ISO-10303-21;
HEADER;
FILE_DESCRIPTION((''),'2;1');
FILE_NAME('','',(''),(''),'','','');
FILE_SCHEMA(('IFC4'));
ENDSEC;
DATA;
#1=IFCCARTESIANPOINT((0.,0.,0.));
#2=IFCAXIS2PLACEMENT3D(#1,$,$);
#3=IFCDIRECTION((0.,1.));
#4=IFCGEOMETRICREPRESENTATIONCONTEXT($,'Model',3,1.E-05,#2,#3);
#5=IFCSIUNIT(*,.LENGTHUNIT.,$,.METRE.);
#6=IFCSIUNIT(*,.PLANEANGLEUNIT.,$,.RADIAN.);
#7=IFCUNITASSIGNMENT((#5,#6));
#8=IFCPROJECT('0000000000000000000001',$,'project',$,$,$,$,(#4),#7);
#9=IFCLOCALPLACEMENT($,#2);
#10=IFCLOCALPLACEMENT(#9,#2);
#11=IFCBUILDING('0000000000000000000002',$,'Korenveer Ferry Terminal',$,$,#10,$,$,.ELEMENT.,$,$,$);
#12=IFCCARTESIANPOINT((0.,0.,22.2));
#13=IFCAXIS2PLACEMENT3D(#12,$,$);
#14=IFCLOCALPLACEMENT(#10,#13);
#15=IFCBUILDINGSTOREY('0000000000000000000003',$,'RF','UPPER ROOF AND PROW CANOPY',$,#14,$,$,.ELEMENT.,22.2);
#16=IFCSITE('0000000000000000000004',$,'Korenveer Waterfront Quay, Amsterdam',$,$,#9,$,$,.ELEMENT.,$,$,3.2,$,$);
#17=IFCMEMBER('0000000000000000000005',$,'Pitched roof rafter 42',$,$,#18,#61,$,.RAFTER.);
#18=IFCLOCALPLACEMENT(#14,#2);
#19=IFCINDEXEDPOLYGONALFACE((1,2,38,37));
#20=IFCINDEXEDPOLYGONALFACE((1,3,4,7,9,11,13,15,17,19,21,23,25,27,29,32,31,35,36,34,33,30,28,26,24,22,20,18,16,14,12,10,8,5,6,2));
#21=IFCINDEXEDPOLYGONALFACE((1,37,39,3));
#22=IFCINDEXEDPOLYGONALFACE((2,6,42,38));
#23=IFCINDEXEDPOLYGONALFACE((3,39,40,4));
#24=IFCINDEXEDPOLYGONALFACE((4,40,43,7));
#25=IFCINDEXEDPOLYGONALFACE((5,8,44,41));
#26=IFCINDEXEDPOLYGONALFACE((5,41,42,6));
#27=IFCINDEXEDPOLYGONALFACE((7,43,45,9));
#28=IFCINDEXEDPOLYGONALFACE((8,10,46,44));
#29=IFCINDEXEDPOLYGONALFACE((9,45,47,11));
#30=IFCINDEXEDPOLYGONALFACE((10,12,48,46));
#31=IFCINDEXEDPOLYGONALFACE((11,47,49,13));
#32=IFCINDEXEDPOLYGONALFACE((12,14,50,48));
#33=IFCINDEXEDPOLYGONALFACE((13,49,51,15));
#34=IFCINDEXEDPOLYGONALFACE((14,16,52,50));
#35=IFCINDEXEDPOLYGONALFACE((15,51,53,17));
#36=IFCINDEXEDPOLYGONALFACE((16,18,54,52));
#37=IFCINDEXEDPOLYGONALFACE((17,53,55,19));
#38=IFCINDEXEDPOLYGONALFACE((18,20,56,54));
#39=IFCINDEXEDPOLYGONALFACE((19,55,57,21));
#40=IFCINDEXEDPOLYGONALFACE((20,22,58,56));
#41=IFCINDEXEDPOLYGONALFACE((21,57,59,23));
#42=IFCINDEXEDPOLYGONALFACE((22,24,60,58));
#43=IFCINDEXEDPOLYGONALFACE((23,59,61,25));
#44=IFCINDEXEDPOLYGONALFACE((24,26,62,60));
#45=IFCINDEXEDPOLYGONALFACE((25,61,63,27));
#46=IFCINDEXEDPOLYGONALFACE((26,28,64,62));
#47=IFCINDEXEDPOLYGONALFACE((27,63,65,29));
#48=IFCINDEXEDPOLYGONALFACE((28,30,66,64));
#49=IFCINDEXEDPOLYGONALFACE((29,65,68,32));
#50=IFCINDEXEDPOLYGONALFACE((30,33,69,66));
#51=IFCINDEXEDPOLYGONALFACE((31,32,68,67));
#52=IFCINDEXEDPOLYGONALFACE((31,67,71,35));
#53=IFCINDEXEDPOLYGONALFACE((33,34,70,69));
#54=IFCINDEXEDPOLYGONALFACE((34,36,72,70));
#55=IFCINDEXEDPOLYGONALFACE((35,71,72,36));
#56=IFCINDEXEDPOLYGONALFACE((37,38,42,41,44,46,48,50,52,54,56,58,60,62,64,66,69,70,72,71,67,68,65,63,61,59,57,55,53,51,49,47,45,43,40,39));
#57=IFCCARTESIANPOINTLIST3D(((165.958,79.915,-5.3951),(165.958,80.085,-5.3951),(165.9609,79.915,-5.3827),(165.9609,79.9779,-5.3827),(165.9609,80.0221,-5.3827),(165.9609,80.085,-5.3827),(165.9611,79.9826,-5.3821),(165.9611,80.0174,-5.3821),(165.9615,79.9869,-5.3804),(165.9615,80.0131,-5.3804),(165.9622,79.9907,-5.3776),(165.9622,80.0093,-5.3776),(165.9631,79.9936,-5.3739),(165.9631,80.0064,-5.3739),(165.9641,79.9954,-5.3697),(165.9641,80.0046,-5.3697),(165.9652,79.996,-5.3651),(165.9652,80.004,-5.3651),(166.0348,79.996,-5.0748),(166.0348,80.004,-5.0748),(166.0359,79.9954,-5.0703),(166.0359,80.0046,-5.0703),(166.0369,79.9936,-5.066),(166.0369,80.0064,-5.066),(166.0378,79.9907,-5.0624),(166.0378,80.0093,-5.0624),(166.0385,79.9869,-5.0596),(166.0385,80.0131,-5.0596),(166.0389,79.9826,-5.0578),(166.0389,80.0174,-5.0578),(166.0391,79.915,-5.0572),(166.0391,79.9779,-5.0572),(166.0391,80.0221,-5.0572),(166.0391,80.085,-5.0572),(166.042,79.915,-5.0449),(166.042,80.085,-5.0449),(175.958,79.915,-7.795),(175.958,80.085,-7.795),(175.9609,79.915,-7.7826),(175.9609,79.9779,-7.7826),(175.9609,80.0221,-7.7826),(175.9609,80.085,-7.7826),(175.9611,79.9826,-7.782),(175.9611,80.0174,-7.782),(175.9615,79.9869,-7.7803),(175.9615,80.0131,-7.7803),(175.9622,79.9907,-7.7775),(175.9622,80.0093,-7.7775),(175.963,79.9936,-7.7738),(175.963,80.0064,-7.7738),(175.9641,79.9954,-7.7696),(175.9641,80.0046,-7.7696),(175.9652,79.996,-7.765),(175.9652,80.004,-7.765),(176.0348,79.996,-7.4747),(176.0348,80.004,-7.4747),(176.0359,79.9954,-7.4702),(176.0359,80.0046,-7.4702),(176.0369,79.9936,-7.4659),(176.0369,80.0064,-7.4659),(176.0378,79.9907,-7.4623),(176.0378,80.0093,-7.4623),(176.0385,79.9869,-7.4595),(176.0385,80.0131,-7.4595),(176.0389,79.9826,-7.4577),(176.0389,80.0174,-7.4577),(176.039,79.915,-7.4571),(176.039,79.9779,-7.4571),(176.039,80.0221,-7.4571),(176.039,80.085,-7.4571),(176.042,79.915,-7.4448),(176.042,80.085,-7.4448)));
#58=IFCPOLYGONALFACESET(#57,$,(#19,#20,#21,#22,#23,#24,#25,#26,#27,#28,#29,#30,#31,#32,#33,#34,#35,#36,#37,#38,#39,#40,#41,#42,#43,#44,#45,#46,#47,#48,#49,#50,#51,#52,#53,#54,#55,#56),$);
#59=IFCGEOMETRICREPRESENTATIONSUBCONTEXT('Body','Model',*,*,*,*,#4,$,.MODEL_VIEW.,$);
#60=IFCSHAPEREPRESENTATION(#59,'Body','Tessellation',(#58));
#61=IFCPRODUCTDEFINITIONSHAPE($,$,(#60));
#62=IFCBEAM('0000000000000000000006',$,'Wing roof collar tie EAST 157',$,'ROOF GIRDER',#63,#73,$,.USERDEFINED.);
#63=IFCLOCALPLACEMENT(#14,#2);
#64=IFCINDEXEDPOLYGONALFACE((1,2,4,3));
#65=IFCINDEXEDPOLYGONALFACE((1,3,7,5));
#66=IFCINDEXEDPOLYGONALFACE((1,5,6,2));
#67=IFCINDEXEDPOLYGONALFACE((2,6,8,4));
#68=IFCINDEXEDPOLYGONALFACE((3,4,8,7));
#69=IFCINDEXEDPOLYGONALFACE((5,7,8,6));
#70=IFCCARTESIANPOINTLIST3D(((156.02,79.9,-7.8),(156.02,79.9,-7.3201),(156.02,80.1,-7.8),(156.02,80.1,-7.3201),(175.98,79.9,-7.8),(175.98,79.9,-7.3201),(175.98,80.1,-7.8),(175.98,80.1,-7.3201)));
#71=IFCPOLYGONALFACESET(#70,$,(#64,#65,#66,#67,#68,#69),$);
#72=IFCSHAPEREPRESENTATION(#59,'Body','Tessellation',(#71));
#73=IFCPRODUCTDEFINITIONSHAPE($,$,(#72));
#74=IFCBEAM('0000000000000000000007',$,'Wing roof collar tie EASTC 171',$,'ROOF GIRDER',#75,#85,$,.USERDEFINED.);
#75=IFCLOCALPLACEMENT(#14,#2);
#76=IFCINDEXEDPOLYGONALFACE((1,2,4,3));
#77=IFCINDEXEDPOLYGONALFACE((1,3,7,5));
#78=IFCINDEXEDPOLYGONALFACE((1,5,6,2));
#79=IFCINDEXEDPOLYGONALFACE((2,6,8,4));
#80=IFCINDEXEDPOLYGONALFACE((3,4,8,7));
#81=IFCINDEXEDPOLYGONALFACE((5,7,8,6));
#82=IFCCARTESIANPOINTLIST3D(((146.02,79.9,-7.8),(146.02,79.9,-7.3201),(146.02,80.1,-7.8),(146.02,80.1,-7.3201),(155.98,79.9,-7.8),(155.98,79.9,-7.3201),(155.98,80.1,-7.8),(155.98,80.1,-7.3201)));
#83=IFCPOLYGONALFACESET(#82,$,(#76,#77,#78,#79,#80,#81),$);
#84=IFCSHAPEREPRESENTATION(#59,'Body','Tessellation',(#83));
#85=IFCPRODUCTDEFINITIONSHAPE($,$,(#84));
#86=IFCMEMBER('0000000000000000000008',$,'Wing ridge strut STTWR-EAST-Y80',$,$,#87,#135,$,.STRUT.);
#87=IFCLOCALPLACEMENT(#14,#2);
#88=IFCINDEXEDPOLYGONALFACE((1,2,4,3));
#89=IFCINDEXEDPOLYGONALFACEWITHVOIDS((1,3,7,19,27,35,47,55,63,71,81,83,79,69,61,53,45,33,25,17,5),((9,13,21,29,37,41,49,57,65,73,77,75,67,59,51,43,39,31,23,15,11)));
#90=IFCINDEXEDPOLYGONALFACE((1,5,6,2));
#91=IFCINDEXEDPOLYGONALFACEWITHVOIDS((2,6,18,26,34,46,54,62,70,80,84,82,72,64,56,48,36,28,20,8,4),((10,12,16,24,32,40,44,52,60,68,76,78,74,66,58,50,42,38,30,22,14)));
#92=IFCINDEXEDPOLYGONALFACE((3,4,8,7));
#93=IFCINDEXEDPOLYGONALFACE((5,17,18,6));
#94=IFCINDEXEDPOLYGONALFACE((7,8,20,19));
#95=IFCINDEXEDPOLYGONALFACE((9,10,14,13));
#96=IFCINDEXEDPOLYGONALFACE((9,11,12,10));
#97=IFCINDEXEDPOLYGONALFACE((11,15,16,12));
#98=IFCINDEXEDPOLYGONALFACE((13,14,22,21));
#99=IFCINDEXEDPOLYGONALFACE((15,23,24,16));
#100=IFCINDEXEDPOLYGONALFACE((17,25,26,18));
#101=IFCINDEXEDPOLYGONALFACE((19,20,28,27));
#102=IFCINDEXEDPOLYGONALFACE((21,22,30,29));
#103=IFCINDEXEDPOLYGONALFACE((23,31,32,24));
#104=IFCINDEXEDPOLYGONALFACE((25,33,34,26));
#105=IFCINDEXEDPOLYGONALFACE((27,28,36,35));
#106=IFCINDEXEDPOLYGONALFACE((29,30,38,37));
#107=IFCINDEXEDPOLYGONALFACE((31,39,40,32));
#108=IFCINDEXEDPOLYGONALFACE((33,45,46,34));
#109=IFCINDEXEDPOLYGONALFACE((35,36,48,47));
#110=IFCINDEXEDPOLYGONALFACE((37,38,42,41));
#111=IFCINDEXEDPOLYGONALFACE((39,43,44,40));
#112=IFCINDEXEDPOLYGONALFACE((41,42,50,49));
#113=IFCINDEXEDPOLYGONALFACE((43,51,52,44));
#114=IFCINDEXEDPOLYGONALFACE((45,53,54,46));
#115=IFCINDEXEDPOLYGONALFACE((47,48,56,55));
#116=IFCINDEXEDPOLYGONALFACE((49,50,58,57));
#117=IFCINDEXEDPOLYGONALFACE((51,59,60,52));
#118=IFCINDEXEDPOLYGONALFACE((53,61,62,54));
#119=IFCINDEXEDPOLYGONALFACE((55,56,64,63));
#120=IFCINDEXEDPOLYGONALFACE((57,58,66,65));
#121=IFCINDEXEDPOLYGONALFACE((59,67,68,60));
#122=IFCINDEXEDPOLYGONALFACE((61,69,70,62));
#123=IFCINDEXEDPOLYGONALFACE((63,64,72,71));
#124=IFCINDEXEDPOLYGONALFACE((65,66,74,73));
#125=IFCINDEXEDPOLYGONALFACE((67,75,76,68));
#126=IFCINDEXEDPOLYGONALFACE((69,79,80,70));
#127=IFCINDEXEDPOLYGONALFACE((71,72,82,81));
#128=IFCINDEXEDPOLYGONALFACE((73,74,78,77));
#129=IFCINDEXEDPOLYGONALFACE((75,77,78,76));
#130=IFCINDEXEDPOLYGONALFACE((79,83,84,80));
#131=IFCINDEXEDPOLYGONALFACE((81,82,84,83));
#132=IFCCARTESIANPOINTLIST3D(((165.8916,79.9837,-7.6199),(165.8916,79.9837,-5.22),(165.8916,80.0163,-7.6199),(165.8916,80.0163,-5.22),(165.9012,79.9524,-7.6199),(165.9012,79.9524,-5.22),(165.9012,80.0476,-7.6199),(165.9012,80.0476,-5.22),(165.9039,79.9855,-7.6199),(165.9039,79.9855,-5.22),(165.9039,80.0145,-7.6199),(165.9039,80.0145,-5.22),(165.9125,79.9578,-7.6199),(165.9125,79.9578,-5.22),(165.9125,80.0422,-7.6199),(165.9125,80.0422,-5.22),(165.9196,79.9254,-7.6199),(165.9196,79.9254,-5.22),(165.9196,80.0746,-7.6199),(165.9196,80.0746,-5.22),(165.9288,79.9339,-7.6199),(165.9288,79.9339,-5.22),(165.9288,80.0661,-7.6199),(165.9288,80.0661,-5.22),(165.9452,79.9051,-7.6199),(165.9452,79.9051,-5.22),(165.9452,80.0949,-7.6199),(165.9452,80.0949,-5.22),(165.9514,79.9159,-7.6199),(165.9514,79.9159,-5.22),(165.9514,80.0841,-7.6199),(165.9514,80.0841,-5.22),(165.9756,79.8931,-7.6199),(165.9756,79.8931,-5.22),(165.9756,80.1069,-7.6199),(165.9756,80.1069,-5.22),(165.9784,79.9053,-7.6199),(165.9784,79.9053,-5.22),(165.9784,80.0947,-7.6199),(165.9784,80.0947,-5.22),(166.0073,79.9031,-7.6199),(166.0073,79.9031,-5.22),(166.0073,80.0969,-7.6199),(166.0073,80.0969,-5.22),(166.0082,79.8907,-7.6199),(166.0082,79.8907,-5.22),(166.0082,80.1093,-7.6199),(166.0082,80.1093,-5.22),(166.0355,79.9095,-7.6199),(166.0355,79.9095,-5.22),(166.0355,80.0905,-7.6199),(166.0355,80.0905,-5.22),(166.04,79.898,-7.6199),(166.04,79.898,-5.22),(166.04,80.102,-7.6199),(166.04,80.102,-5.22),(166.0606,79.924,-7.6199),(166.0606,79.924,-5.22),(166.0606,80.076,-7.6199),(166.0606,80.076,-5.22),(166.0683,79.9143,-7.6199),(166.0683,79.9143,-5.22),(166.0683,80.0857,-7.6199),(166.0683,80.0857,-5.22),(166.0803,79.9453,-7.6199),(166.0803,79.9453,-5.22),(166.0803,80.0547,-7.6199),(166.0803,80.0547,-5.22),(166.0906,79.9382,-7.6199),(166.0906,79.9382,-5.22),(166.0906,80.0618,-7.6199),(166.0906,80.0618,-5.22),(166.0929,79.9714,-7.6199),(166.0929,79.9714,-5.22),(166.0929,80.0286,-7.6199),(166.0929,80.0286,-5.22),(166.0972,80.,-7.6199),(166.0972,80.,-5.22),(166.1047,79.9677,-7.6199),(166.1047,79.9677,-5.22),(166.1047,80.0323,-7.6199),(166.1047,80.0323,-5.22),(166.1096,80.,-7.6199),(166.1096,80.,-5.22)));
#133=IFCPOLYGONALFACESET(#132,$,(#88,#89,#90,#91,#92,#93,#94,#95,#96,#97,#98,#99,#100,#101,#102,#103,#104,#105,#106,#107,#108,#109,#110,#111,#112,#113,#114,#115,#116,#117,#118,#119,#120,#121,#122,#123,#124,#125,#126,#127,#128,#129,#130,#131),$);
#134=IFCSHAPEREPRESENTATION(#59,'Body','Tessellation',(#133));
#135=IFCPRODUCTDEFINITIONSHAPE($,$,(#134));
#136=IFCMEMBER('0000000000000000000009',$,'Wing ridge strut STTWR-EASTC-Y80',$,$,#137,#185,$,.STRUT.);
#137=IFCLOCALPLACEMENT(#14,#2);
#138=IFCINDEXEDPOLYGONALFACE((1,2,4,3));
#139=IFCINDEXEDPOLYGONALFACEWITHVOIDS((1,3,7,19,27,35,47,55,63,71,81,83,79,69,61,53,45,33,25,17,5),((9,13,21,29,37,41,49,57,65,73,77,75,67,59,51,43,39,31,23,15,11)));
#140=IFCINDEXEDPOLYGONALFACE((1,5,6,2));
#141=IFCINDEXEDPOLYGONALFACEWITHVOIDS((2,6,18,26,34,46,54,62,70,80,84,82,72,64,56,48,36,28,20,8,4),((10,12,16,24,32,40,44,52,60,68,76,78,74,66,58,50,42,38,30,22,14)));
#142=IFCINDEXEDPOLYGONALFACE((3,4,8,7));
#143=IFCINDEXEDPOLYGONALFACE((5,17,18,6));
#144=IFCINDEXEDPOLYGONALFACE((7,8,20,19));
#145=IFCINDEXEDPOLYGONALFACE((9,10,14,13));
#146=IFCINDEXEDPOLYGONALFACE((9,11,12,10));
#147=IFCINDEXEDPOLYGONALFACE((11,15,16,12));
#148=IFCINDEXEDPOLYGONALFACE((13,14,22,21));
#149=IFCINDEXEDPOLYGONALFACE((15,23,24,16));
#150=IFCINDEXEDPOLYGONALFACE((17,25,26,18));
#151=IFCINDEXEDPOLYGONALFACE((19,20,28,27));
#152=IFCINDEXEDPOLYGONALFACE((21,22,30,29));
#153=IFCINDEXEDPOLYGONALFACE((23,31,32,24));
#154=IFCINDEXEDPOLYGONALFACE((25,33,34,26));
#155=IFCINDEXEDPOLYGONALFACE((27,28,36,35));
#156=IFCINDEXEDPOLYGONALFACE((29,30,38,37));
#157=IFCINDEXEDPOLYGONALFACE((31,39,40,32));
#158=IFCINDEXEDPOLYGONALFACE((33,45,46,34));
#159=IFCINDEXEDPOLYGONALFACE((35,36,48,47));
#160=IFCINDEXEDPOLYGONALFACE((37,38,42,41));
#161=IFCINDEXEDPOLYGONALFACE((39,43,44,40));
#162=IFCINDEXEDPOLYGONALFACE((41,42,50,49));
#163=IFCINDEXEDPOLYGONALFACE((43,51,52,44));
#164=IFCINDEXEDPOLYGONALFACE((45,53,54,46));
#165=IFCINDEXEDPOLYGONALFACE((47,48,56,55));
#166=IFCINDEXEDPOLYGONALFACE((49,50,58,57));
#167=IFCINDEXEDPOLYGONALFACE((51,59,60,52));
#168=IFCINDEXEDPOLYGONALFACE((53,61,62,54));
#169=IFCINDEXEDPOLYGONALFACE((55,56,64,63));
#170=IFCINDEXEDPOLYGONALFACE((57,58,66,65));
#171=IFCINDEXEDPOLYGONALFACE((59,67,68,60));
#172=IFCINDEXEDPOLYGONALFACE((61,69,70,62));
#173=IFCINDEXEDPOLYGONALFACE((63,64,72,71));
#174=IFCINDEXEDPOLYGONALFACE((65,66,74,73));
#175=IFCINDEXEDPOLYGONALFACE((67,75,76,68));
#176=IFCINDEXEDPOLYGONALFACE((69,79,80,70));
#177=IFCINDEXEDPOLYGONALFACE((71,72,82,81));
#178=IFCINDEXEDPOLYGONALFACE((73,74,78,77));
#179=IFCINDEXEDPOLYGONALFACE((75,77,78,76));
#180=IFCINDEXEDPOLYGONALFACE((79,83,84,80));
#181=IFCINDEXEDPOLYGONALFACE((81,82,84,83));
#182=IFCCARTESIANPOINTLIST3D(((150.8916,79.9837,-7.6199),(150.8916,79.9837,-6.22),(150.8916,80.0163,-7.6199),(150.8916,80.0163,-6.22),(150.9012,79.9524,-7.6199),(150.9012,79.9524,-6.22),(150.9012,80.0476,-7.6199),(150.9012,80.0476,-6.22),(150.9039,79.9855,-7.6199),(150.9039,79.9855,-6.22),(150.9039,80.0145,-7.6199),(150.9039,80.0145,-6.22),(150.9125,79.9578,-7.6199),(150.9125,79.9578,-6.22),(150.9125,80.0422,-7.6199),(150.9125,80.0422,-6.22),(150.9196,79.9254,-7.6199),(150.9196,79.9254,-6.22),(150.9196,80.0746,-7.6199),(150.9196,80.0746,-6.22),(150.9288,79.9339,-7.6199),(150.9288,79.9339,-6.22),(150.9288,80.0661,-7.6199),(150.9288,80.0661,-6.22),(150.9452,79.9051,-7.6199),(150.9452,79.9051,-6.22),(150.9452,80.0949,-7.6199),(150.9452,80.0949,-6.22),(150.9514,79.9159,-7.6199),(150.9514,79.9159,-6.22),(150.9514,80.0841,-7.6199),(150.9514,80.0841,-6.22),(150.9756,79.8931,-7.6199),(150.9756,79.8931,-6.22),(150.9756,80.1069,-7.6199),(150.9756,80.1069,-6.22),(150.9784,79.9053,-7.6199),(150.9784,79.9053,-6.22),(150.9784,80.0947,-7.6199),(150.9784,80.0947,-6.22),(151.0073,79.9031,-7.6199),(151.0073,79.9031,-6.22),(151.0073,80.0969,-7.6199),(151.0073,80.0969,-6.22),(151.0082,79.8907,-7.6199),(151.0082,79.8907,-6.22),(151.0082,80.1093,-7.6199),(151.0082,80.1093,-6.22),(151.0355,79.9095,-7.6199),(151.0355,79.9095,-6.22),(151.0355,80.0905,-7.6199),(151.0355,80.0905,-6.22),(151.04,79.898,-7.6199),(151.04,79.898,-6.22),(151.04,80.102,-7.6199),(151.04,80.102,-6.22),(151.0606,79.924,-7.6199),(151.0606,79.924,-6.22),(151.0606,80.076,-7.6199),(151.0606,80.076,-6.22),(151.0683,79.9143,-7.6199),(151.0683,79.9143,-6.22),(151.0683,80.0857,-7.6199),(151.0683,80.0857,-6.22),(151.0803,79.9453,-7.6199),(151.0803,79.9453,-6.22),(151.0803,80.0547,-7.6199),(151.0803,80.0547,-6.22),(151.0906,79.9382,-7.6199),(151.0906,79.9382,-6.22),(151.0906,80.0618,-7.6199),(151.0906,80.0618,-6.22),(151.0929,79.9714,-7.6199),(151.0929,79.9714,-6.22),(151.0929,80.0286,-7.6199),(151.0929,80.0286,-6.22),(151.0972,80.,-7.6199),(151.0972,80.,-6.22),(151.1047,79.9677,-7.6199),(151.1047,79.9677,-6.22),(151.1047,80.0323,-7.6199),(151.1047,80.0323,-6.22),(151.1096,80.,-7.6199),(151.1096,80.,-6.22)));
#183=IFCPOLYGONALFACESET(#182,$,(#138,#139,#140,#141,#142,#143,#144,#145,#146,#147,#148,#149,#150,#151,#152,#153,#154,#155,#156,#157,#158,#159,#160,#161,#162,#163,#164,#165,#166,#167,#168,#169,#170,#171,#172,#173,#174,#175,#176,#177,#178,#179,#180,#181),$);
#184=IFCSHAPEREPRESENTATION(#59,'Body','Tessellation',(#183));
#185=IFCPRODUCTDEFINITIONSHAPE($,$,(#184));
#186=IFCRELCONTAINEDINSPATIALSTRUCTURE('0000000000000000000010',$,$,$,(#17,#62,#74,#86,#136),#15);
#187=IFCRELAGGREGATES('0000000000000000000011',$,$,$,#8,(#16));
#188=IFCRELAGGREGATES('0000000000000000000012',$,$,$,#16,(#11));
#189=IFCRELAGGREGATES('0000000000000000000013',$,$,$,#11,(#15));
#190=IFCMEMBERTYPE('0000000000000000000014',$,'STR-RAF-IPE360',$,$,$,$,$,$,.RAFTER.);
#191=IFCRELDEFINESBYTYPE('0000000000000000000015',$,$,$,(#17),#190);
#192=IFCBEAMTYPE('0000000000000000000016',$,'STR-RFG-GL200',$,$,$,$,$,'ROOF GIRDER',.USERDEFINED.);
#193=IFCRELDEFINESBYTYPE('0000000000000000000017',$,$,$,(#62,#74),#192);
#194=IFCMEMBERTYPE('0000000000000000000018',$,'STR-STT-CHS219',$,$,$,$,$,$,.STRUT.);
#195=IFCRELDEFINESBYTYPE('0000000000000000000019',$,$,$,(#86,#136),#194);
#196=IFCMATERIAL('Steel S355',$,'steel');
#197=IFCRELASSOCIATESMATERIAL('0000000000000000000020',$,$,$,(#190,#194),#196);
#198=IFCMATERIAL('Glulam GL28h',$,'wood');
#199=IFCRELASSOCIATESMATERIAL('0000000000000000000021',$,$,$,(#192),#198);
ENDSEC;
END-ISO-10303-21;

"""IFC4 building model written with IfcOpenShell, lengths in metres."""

from ifc_helpers import new_model, si_unit, direction, frame, origin, origin_2d, place, context, subcontext, project, spatial, rectangle, hollow_circle, i_section, extrude, material, material_profile, profile_set, type_object, element, save


model = new_model("IFC4")

# Units and contexts
model_context = context("Model", 3, precision=1e-05, world=origin(), true_north=direction((0.0, 1.0)))
body_context = subcontext(model_context, "Body", "Model", "MODEL_VIEW")
ifc_project = project(units=[si_unit("LENGTHUNIT", "METRE"), si_unit("PLANEANGLEUNIT", "RADIAN")], contexts=[model_context])

# Site, building, storey
site_placement = place(None, origin())
site = spatial("IfcSite", under=ifc_project, at=site_placement, Name="Korenveer Waterfront Quay, Amsterdam", CompositionType="ELEMENT", RefElevation=3.2)
building_placement = place(site_placement, origin())
building = spatial("IfcBuilding", under=site, at=building_placement, Name="Korenveer Ferry Terminal", CompositionType="ELEMENT")
storey_placement = place(building_placement, frame((0.0, 0.0, 22.2)))
storey = spatial("IfcBuildingStorey", under=building, at=storey_placement, Name="RF", Description="UPPER ROOF AND PROW CANOPY", CompositionType="ELEMENT", Elevation=22.2)

# Shared definitions
ifc_material_1 = material(Name="Steel S355", Category="steel")

# Member
ifc_material_profile_1 = material_profile(ifc_material_1, i_section(OverallWidth=0.1699, OverallDepth=0.3601, WebThickness=0.0081, FlangeThickness=0.0127, FilletRadius=0.0181, at=origin_2d()), Name="IPE 360")
ifc_profile_set_1 = profile_set([ifc_material_profile_1], Name="Steel S355")
member_type_1 = type_object("IfcMemberType", Name="STR-RAF-IPE360", PredefinedType="RAFTER", material=ifc_profile_set_1)
for number, where, z_axis, x_axis, name in (
    (1, (166.0, 80.0, -5.22), (0.972389, 0.0, -0.233364), (0.0, 1.0, 0.0), "Pitched roof rafter 42"),
):
    element("IfcMember", number, at=place(storey_placement, frame(where, z_axis=z_axis, x_axis=x_axis)), inside=storey, type_object=member_type_1, Name=name, PredefinedType="RAFTER", context=body_context, shape_type="SweptSolid", body=[
        extrude(i_section(OverallWidth=0.1699, OverallDepth=0.3601, WebThickness=0.0081, FlangeThickness=0.0127, FilletRadius=0.0181, at=origin_2d()), origin(), (0.0, 0.0, 1.0), 10.2839),
    ])

# Beams
ifc_material_2 = material(Name="Glulam GL28h", Category="wood")
ifc_material_profile_2 = material_profile(ifc_material_2, rectangle(XDim=0.2, YDim=0.48, at=origin_2d()), Name="GL 200x480")
ifc_profile_set_2 = profile_set([ifc_material_profile_2], Name="Glulam GL28h")
beam_type_1 = type_object("IfcBeamType", Name="STR-RFG-GL200", ElementType="ROOF GIRDER", PredefinedType="USERDEFINED", material=ifc_profile_set_2)
beam_1_placement = place(storey_placement, frame((156.02, 80.0, -7.5601), z_axis=(1.0, 0.0, 0.0), x_axis=(0.0, 1.0, 0.0)))
element("IfcBeam", 2, at=beam_1_placement, inside=storey, type_object=beam_type_1, Name="Wing roof collar tie EAST 157", ObjectType="ROOF GIRDER", PredefinedType="USERDEFINED", context=body_context, shape_type="SweptSolid", body=[
    extrude(rectangle(XDim=0.2, YDim=0.48, at=origin_2d()), origin(), (0.0, 0.0, 1.0), 19.96),
])
beam_2_placement = place(storey_placement, frame((146.02, 80.0, -7.5601), z_axis=(1.0, 0.0, 0.0), x_axis=(0.0, 1.0, 0.0)))
element("IfcBeam", 3, at=beam_2_placement, inside=storey, type_object=beam_type_1, Name="Wing roof collar tie EASTC 171", ObjectType="ROOF GIRDER", PredefinedType="USERDEFINED", context=body_context, shape_type="SweptSolid", body=[
    extrude(rectangle(XDim=0.2, YDim=0.48, at=origin_2d()), origin(), (0.0, 0.0, 1.0), 9.96),
])

# Members
ifc_material_profile_3 = material_profile(ifc_material_1, hollow_circle(Radius=0.1096, WallThickness=0.0125, at=origin_2d()), Name="CHS 219.1x12.5")
ifc_profile_set_3 = profile_set([ifc_material_profile_3], Name="Steel S355")
member_type_2 = type_object("IfcMemberType", Name="STR-STT-CHS219", PredefinedType="STRUT", material=ifc_profile_set_3)
member_1_placement = place(storey_placement, frame((166.0, 80.0, -7.6199), z_axis=(0.0, 0.0, 1.0), x_axis=(1.0, 0.0, 0.0)))
element("IfcMember", 4, at=member_1_placement, inside=storey, type_object=member_type_2, Name="Wing ridge strut STTWR-EAST-Y80", PredefinedType="STRUT", context=body_context, shape_type="SweptSolid", body=[
    extrude(hollow_circle(Radius=0.1096, WallThickness=0.0125, at=origin_2d()), origin(), (0.0, 0.0, 1.0), 2.3999),
])
member_2_placement = place(storey_placement, frame((151.0, 80.0, -7.6199), z_axis=(0.0, 0.0, 1.0), x_axis=(1.0, 0.0, 0.0)))
element("IfcMember", 5, at=member_2_placement, inside=storey, type_object=member_type_2, Name="Wing ridge strut STTWR-EASTC-Y80", PredefinedType="STRUT", context=body_context, shape_type="SweptSolid", body=[
    extrude(hollow_circle(Radius=0.1096, WallThickness=0.0125, at=origin_2d()), origin(), (0.0, 0.0, 1.0), 1.3999),
])

save(model, "model.ifc")
